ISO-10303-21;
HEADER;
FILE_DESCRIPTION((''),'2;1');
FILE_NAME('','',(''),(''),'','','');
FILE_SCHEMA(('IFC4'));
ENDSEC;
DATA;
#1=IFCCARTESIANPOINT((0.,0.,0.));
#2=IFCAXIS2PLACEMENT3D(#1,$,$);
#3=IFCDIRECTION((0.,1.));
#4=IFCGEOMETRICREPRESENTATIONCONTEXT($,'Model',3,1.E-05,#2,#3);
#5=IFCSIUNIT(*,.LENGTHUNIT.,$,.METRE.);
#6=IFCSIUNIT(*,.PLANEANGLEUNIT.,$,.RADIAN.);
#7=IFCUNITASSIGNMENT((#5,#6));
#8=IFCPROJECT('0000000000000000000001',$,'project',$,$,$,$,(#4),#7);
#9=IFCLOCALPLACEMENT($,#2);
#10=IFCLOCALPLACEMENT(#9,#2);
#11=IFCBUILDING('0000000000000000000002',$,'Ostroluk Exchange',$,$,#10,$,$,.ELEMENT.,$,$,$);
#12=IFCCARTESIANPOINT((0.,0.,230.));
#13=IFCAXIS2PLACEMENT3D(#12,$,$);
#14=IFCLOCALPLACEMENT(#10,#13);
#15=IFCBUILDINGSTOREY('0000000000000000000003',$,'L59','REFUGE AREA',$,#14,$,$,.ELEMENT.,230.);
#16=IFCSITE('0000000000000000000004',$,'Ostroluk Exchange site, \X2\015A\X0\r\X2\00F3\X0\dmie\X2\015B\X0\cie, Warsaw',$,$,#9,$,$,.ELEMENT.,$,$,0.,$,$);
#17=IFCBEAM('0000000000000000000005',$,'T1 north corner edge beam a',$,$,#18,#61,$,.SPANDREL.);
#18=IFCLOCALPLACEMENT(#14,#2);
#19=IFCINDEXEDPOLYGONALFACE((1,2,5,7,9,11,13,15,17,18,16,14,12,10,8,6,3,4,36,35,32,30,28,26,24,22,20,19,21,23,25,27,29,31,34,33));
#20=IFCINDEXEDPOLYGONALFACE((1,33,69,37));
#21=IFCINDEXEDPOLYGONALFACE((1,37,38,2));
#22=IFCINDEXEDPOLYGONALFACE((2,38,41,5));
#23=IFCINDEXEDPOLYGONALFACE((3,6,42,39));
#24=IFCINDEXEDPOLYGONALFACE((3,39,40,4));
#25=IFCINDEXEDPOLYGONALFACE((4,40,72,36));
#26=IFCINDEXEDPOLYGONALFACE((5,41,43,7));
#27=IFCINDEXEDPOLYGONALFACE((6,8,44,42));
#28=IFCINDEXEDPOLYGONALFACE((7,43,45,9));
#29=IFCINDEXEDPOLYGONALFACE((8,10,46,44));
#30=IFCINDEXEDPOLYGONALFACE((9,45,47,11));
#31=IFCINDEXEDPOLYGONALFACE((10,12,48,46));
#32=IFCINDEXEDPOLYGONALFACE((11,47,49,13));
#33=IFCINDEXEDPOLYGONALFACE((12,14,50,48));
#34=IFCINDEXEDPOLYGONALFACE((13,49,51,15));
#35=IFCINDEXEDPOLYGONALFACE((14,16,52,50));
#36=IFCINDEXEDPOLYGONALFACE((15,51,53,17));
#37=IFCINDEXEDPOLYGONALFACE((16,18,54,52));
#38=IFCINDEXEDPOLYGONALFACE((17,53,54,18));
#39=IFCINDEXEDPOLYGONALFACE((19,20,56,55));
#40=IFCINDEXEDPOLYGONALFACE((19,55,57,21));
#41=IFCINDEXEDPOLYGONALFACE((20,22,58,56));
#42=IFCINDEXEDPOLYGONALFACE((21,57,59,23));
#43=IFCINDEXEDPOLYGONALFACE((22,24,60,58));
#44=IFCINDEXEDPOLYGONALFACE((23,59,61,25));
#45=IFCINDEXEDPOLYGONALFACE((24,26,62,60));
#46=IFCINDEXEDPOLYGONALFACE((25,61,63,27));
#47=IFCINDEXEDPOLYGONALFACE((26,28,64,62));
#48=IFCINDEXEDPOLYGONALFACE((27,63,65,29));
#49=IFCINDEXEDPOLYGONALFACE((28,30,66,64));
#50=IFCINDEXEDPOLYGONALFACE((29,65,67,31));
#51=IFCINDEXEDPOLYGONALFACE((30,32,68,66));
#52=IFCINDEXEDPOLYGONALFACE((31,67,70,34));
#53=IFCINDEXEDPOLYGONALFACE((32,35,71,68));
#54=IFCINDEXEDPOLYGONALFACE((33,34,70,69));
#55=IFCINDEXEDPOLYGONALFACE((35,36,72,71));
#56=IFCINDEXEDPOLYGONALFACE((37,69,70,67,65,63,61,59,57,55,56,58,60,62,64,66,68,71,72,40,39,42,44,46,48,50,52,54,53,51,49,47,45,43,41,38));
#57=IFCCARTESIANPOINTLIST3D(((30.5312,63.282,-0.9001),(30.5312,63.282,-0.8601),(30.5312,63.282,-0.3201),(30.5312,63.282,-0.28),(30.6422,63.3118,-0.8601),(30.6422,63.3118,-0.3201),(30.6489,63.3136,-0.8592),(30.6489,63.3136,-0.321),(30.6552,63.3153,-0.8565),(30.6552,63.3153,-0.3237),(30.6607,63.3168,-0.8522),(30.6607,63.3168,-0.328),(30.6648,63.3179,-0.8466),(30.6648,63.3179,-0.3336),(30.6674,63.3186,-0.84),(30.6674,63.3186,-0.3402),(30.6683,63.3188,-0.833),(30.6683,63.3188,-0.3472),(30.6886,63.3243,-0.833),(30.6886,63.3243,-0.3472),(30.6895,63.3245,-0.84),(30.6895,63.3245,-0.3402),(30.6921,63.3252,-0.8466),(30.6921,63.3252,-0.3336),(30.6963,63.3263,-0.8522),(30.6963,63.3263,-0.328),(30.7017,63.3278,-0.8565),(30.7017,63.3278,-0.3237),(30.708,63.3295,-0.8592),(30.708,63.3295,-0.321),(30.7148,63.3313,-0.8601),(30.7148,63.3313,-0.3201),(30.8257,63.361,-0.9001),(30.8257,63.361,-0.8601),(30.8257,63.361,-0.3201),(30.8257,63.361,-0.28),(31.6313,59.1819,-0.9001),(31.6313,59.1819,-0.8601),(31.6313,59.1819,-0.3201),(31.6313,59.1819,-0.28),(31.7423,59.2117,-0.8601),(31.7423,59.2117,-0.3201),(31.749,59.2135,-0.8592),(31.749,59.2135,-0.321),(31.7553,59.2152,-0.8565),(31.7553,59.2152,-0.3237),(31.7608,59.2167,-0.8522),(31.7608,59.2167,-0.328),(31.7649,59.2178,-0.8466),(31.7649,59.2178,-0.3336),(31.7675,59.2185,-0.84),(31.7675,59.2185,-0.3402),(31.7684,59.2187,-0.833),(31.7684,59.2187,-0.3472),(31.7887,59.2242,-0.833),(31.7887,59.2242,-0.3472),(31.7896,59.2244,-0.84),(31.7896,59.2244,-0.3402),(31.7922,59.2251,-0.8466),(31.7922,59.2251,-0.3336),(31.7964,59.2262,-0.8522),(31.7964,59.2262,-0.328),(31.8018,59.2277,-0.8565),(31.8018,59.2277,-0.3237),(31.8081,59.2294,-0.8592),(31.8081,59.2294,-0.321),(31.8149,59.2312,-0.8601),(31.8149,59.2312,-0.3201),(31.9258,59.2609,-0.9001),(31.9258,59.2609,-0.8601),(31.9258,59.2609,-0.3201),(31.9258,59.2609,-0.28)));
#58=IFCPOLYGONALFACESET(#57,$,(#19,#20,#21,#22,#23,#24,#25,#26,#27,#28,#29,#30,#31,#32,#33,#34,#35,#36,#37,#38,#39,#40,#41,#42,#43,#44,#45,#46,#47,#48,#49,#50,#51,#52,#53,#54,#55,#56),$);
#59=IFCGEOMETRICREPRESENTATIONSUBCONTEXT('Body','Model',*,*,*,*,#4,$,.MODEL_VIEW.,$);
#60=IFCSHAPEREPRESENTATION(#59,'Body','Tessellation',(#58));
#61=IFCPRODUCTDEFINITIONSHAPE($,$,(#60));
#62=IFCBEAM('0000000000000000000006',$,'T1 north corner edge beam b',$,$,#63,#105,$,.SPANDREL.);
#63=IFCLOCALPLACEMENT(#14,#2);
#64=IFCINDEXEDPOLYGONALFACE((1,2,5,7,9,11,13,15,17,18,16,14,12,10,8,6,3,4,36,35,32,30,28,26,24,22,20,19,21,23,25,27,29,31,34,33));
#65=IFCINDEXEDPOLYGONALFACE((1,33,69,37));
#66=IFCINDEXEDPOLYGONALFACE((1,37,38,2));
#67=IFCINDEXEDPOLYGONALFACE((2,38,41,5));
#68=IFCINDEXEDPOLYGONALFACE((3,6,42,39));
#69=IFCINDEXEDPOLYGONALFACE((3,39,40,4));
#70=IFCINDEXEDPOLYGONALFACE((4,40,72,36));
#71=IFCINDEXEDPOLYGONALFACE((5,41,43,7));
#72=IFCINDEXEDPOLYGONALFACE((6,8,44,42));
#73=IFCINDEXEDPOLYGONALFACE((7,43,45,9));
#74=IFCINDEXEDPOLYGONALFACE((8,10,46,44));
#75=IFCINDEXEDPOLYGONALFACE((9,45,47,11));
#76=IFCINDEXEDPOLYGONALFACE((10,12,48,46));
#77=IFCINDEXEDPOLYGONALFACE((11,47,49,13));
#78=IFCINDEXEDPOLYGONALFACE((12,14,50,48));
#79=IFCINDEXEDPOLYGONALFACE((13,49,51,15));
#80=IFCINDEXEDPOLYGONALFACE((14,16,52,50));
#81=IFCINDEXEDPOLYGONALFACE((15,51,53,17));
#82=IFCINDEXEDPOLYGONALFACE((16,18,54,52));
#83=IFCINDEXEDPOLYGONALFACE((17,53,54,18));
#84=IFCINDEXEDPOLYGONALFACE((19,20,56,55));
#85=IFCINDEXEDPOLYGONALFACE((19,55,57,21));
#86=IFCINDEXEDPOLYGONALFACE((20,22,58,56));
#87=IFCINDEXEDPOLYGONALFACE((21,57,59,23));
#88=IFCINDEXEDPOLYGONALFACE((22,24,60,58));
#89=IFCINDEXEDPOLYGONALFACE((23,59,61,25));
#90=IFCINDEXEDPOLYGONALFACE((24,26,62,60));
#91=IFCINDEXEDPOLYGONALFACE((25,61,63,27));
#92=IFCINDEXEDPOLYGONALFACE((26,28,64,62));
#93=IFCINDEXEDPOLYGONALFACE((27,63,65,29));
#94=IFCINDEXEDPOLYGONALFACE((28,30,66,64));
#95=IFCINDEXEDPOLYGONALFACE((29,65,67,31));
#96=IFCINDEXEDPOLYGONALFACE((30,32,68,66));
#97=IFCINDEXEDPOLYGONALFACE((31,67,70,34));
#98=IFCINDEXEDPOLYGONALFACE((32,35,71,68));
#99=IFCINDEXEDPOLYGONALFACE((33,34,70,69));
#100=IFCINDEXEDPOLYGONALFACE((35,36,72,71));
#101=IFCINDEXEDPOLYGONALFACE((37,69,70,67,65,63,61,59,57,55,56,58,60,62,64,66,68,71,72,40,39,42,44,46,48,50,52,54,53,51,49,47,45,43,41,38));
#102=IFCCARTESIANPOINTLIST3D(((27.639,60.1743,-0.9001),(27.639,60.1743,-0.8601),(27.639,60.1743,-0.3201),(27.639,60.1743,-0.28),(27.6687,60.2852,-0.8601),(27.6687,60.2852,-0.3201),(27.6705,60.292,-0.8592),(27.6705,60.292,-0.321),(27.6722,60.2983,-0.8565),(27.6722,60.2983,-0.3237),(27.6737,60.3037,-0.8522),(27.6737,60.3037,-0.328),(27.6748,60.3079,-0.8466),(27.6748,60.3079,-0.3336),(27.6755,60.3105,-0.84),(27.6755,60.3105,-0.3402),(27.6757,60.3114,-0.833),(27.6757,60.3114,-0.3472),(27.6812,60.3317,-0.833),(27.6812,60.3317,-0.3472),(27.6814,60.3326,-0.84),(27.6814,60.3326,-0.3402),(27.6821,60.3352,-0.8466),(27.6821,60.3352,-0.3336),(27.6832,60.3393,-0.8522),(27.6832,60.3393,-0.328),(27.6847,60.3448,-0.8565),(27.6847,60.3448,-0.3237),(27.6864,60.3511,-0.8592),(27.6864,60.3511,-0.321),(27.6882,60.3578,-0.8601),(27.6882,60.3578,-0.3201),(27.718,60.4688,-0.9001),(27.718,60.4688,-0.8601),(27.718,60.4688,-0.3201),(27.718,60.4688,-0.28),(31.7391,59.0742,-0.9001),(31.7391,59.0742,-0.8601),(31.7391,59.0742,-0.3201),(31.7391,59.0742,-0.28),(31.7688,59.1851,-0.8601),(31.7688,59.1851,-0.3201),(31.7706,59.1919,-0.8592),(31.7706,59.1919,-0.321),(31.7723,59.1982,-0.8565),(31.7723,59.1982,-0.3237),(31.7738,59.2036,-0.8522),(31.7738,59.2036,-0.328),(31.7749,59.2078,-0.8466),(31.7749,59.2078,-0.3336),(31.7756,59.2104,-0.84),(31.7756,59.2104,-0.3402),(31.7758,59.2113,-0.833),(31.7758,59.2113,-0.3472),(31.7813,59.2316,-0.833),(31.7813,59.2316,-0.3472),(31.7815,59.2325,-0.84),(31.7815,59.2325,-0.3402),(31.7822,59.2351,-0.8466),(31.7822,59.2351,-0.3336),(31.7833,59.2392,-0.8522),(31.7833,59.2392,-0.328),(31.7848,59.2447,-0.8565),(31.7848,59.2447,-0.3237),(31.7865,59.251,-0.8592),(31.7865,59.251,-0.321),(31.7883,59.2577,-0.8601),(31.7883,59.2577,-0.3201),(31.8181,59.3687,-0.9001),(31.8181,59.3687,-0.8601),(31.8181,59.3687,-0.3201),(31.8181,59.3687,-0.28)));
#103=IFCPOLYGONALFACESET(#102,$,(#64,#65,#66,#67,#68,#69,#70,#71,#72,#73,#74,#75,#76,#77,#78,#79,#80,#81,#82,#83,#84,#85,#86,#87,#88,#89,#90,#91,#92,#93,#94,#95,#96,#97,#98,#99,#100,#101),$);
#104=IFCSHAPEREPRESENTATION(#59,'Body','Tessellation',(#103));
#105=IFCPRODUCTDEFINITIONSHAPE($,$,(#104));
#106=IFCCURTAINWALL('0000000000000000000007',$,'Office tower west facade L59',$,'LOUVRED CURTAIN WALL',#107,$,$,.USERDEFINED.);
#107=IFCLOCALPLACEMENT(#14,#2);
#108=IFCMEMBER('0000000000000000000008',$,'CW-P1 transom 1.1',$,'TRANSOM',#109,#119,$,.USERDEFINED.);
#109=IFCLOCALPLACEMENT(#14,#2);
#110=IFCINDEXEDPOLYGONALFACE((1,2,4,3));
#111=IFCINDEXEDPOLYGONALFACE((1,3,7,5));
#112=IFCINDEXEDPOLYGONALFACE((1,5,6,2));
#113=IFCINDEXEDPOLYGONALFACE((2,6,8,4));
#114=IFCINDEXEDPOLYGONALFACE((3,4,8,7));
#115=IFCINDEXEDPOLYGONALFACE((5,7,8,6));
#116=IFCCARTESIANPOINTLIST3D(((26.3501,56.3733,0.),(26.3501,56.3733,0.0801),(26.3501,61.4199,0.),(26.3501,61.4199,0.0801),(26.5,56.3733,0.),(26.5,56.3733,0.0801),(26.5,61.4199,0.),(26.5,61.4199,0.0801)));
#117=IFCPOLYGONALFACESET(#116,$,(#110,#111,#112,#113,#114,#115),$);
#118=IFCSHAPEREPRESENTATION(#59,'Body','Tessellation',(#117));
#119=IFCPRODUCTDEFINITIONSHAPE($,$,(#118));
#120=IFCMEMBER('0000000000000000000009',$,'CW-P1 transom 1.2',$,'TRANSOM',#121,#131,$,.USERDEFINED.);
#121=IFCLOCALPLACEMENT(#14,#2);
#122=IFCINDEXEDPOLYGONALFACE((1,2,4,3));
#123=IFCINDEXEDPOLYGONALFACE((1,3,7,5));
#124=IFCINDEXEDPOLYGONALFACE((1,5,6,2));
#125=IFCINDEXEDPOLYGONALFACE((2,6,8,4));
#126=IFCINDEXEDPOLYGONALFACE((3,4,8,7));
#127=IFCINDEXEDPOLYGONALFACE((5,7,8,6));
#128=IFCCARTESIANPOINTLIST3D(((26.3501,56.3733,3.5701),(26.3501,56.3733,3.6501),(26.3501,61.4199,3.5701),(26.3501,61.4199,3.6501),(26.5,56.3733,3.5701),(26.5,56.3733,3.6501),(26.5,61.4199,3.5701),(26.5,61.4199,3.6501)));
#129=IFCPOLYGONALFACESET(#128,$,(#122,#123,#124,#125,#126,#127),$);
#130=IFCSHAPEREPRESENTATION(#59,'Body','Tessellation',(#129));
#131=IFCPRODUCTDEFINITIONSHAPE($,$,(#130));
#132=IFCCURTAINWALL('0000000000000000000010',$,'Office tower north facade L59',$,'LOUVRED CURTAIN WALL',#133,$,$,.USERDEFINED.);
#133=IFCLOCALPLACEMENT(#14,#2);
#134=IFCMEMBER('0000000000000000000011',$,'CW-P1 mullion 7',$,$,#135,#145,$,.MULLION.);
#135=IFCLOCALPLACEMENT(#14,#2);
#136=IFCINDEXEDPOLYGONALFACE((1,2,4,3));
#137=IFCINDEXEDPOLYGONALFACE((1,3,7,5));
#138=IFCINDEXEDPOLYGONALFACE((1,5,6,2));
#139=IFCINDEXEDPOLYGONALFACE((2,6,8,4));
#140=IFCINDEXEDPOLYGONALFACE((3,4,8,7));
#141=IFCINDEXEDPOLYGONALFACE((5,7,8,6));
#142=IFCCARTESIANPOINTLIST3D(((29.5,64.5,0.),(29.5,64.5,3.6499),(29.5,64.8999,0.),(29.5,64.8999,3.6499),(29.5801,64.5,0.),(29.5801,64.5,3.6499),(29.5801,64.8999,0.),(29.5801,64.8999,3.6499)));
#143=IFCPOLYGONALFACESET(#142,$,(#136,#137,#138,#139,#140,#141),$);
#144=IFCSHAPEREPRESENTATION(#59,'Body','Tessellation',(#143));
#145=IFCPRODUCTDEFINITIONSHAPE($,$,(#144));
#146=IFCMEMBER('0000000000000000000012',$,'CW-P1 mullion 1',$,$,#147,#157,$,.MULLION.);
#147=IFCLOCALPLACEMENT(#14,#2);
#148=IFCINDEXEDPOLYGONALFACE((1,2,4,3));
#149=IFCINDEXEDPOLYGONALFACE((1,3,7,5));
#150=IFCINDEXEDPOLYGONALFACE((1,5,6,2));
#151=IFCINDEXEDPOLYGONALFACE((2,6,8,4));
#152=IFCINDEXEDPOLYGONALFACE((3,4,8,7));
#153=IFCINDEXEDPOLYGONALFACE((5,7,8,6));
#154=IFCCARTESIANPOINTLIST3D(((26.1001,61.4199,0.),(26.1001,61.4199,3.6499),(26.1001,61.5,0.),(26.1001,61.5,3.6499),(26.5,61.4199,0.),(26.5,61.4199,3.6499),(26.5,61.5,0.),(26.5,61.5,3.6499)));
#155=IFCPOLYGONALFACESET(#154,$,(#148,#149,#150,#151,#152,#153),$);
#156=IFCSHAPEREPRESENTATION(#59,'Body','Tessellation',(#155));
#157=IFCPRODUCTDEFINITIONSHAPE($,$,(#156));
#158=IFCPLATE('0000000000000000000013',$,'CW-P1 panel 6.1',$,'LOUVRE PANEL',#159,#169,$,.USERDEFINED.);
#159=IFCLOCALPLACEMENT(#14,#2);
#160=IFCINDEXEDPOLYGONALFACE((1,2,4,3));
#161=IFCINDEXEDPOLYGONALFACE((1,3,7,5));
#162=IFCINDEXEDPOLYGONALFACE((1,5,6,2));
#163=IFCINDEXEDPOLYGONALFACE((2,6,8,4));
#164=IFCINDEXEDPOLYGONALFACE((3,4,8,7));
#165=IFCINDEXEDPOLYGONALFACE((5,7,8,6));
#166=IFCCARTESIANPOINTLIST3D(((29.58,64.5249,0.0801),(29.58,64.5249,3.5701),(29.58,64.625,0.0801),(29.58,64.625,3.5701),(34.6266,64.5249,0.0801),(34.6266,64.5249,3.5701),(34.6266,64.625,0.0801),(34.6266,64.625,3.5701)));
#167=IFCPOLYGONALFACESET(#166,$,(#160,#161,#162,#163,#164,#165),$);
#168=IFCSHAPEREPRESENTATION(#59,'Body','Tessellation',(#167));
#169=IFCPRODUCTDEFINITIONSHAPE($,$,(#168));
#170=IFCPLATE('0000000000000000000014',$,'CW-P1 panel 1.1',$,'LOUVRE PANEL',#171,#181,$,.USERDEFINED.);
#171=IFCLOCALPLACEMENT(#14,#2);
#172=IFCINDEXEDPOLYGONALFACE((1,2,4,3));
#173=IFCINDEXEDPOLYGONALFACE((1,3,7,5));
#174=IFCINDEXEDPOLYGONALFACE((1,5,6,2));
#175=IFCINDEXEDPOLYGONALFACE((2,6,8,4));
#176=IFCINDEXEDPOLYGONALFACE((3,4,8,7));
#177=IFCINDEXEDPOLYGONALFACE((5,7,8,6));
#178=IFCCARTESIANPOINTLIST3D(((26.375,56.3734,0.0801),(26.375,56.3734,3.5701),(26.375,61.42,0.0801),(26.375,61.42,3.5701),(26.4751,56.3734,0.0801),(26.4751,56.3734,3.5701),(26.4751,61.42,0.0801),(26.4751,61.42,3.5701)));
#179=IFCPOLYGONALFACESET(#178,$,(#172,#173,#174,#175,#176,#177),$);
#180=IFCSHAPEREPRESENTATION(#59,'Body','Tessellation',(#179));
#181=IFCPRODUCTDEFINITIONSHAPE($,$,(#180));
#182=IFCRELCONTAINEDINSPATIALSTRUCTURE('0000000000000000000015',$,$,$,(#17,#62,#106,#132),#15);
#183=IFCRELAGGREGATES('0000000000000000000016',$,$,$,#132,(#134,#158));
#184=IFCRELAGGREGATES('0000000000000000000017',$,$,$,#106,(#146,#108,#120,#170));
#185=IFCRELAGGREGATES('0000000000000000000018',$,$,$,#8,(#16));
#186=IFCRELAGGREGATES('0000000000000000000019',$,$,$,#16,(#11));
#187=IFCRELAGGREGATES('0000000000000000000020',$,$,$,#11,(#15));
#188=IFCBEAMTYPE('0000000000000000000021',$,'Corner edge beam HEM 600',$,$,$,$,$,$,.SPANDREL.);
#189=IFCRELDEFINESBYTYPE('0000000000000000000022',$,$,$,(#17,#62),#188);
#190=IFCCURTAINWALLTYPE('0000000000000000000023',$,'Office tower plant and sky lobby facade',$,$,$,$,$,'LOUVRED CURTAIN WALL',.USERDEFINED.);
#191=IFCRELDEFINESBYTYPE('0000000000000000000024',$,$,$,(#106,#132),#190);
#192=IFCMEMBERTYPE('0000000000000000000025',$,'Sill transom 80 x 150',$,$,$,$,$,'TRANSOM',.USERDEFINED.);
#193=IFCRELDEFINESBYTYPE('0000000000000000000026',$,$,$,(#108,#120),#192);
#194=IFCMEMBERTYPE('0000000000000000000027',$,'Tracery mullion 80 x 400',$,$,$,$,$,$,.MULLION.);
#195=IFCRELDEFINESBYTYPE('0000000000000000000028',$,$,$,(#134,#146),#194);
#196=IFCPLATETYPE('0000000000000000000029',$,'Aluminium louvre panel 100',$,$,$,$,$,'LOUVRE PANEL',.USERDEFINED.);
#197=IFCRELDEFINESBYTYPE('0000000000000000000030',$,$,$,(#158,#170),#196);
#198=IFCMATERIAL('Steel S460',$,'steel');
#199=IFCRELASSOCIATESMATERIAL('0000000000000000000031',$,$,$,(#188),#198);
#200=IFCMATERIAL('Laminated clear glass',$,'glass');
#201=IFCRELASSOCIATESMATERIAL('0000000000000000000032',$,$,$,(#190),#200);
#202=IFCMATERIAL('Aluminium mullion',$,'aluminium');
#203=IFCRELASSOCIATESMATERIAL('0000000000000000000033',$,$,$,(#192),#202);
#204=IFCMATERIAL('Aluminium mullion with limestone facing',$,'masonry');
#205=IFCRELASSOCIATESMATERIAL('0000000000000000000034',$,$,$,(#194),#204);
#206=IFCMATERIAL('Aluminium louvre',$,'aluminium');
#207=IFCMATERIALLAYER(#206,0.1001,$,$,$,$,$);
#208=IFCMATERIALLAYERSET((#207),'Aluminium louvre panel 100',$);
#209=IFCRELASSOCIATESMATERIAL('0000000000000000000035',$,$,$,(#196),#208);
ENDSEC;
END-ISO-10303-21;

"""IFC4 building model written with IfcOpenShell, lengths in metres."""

from ifc_helpers import new_model, si_unit, direction, frame, origin, origin_2d, place, context, subcontext, project, spatial, rectangle, i_section, extrude, material, layer, layer_set, material_profile, profile_set, type_object, element, aggregate, save


model = new_model("IFC4")

# Units and contexts
model_context = context("Model", 3, precision=1e-05, world=origin(), true_north=direction((0.0, 1.0)))
body_context = subcontext(model_context, "Body", "Model", "MODEL_VIEW")
ifc_project = project(units=[si_unit("LENGTHUNIT", "METRE"), si_unit("PLANEANGLEUNIT", "RADIAN")], contexts=[model_context])

# Site, building, storey
site_placement = place(None, origin())
site = spatial("IfcSite", under=ifc_project, at=site_placement, Name="Ostroluk Exchange site, Śródmieście, Warsaw", CompositionType="ELEMENT", RefElevation=0.0)
building_placement = place(site_placement, origin())
building = spatial("IfcBuilding", under=site, at=building_placement, Name="Ostroluk Exchange", CompositionType="ELEMENT")
storey_placement = place(building_placement, frame((0.0, 0.0, 230.0)))
storey = spatial("IfcBuildingStorey", under=building, at=storey_placement, Name="L59", Description="REFUGE AREA", CompositionType="ELEMENT", Elevation=230.0)

# Beams
ifc_material_1 = material(Name="Steel S460", Category="steel")
ifc_material_profile_1 = material_profile(ifc_material_1, i_section(OverallWidth=0.3049, OverallDepth=0.6201, WebThickness=0.021, FlangeThickness=0.04, FilletRadius=0.0271, at=origin_2d()), Name="HEM 600")
ifc_profile_set_1 = profile_set([ifc_material_profile_1], Name="Steel S460")
beam_type = type_object("IfcBeamType", Name="Corner edge beam HEM 600", PredefinedType="SPANDREL", material=ifc_profile_set_1)
for number, where, z_axis, x_axis, name in (
    (1, (31.7786, 59.2214, -0.5901), (-0.259144, 0.965839, 0.0), (-0.965839, -0.259144, 0.0), "T1 north corner edge beam a"),
    (2, (31.7786, 59.2214, -0.5901), (-0.965839, 0.259144, 0.0), (-0.259144, -0.965839, 0.0), "T1 north corner edge beam b"),
):
    element("IfcBeam", number, at=place(storey_placement, frame(where, z_axis=z_axis, x_axis=x_axis)), inside=storey, type_object=beam_type, Name=name, PredefinedType="SPANDREL", context=body_context, shape_type="SweptSolid", body=[
        extrude(i_section(OverallWidth=0.3049, OverallDepth=0.6201, WebThickness=0.021, FlangeThickness=0.04, FilletRadius=0.0271, at=origin_2d()), origin(), (0.0, 0.0, 1.0), 4.2451),
    ])

# Curtain wall, members
ifc_material_2 = material(Name="Laminated clear glass", Category="glass")
curtain_wall_type = type_object("IfcCurtainWallType", Name="Office tower plant and sky lobby facade", ElementType="LOUVRED CURTAIN WALL", PredefinedType="USERDEFINED", material=ifc_material_2)
curtain_wall_1_placement = place(storey_placement, origin())
curtain_wall_1 = element("IfcCurtainWall", 3, at=curtain_wall_1_placement, inside=storey, type_object=curtain_wall_type, Name="Office tower west facade L59", ObjectType="LOUVRED CURTAIN WALL", PredefinedType="USERDEFINED")
ifc_material_3 = material(Name="Aluminium mullion", Category="aluminium")
ifc_material_profile_2 = material_profile(ifc_material_3, rectangle(XDim=0.1499, YDim=0.0801, at=origin_2d()), Name="Sill transom 80 x 150")
ifc_profile_set_2 = profile_set([ifc_material_profile_2], Name="Aluminium mullion")
member_type_1 = type_object("IfcMemberType", Name="Sill transom 80 x 150", ElementType="TRANSOM", PredefinedType="USERDEFINED", material=ifc_profile_set_2)
member_1_placement = place(storey_placement, frame((26.425, 61.4199, 0.04), z_axis=(0.0, -1.0, 0.0), x_axis=(1.0, 0.0, 0.0)))
member_1 = element("IfcMember", 4, at=member_1_placement, type_object=member_type_1, Name="CW-P1 transom 1.1", ObjectType="TRANSOM", PredefinedType="USERDEFINED", context=body_context, shape_type="SweptSolid", body=[
    extrude(rectangle(XDim=0.1499, YDim=0.0801, at=origin_2d()), origin(), (0.0, 0.0, 1.0), 5.0466),
])
member_2_placement = place(storey_placement, frame((26.425, 61.4199, 3.6101), z_axis=(0.0, -1.0, 0.0), x_axis=(1.0, 0.0, 0.0)))
member_2 = element("IfcMember", 5, at=member_2_placement, type_object=member_type_1, Name="CW-P1 transom 1.2", ObjectType="TRANSOM", PredefinedType="USERDEFINED", context=body_context, shape_type="SweptSolid", body=[
    extrude(rectangle(XDim=0.1499, YDim=0.0801, at=origin_2d()), origin(), (0.0, 0.0, 1.0), 5.0466),
])

# Curtain wall, member
curtain_wall_2_placement = place(storey_placement, origin())
curtain_wall_2 = element("IfcCurtainWall", 6, at=curtain_wall_2_placement, inside=storey, type_object=curtain_wall_type, Name="Office tower north facade L59", ObjectType="LOUVRED CURTAIN WALL", PredefinedType="USERDEFINED")
ifc_material_4 = material(Name="Aluminium mullion with limestone facing", Category="masonry")
ifc_material_profile_3 = material_profile(ifc_material_4, rectangle(XDim=0.3999, YDim=0.0801, at=origin_2d()), Name="Tracery mullion 80 x 400")
ifc_profile_set_3 = profile_set([ifc_material_profile_3], Name="Aluminium mullion with limestone facing")
member_type_2 = type_object("IfcMemberType", Name="Tracery mullion 80 x 400", PredefinedType="MULLION", material=ifc_profile_set_3)
member_3_placement = place(storey_placement, frame((29.54, 64.7, 0.0), z_axis=(0.0, 0.0, 1.0), x_axis=(0.0, -1.0, 0.0)))
member_3 = element("IfcMember", 7, at=member_3_placement, type_object=member_type_2, Name="CW-P1 mullion 7", PredefinedType="MULLION", context=body_context, shape_type="SweptSolid", body=[
    extrude(rectangle(XDim=0.3999, YDim=0.0801, at=origin_2d()), origin(), (0.0, 0.0, 1.0), 3.6499),
])

# Member
member_4_placement = place(storey_placement, frame((26.3, 61.46, 0.0), z_axis=(0.0, 0.0, 1.0), x_axis=(1.0, 0.0, 0.0)))
member_4 = element("IfcMember", 8, at=member_4_placement, type_object=member_type_2, Name="CW-P1 mullion 1", PredefinedType="MULLION", context=body_context, shape_type="SweptSolid", body=[
    extrude(rectangle(XDim=0.3999, YDim=0.0801, at=origin_2d()), origin(), (0.0, 0.0, 1.0), 3.6499),
])

# Plates
ifc_material_5 = material(Name="Aluminium louvre", Category="aluminium")
ifc_layer_1 = layer(ifc_material_5, 0.1001)
ifc_layer_set_1 = layer_set([ifc_layer_1], Name="Aluminium louvre panel 100")
plate_type = type_object("IfcPlateType", Name="Aluminium louvre panel 100", ElementType="LOUVRE PANEL", PredefinedType="USERDEFINED", material=ifc_layer_set_1)
plate_1_placement = place(storey_placement, frame((32.1033, 64.575, 0.0801), z_axis=(0.0, 0.0, 1.0), x_axis=(-1.0, 0.0, 0.0)))
plate_1 = element("IfcPlate", 9, at=plate_1_placement, type_object=plate_type, Name="CW-P1 panel 6.1", ObjectType="LOUVRE PANEL", PredefinedType="USERDEFINED", context=body_context, shape_type="SweptSolid", body=[
    extrude(rectangle(XDim=5.0466, YDim=0.1001, at=origin_2d()), origin(), (0.0, 0.0, 1.0), 3.49),
])
aggregate(curtain_wall_2, [member_3, plate_1])
plate_2_placement = place(storey_placement, frame((26.425, 58.8967, 0.0801), z_axis=(0.0, 0.0, 1.0), x_axis=(0.0, -1.0, 0.0)))
plate_2 = element("IfcPlate", 10, at=plate_2_placement, type_object=plate_type, Name="CW-P1 panel 1.1", ObjectType="LOUVRE PANEL", PredefinedType="USERDEFINED", context=body_context, shape_type="SweptSolid", body=[
    extrude(rectangle(XDim=5.0466, YDim=0.1001, at=origin_2d()), origin(), (0.0, 0.0, 1.0), 3.49),
])
aggregate(curtain_wall_1, [member_4, member_1, member_2, plate_2])

save(model, "model.ifc")
